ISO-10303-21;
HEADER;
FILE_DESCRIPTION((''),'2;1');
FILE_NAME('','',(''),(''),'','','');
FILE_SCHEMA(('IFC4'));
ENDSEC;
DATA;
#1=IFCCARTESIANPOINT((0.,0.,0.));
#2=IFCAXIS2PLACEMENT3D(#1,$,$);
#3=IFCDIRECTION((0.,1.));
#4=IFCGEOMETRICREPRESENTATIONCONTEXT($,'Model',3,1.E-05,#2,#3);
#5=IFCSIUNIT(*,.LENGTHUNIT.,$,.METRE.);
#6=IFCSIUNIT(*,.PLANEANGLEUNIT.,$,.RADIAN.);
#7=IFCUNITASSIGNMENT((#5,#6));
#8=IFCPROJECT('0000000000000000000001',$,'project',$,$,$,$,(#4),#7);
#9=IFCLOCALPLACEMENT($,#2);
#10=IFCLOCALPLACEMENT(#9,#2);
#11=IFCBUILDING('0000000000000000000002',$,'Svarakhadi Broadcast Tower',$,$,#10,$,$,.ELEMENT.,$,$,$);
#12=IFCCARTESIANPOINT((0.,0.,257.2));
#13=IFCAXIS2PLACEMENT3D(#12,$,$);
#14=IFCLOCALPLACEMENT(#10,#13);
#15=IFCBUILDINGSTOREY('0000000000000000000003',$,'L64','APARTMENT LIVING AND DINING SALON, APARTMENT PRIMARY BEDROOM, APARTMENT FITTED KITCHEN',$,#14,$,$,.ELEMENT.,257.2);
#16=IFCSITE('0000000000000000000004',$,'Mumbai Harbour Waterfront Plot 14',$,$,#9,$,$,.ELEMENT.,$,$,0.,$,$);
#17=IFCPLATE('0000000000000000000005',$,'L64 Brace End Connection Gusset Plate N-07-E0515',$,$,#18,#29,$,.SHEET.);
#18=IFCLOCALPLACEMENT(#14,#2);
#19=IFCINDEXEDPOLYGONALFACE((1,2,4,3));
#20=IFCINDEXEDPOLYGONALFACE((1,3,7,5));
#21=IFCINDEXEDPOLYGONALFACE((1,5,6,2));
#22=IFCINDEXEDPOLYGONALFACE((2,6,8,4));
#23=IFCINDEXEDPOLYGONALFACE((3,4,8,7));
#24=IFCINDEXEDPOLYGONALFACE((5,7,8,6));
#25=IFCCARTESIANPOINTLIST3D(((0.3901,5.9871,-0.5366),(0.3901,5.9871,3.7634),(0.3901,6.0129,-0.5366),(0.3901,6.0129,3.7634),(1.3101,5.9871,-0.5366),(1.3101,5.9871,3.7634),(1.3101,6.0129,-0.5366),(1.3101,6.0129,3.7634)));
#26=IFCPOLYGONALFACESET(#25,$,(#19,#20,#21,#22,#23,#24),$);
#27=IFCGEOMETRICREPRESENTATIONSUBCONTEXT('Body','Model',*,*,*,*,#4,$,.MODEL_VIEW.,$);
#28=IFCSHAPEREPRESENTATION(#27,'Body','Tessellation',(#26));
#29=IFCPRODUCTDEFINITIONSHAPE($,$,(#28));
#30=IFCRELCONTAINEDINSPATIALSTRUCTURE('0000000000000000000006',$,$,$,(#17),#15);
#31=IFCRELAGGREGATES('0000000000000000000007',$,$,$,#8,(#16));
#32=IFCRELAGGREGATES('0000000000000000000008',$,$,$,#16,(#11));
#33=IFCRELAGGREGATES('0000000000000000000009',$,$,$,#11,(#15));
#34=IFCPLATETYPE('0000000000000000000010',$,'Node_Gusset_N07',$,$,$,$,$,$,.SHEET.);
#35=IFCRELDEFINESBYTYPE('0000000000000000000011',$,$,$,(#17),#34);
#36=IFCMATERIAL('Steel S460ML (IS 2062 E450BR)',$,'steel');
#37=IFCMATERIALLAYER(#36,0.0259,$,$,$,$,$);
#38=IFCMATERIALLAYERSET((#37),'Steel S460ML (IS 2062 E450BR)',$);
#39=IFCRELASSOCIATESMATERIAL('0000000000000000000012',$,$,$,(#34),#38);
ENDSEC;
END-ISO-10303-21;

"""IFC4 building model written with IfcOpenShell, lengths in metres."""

from ifc_helpers import new_model, si_unit, direction, frame, origin, origin_2d, place, context, subcontext, project, spatial, rectangle, extrude, material, layer, layer_set, type_object, element, save


model = new_model("IFC4")

# Units and contexts
model_context = context("Model", 3, precision=1e-05, world=origin(), true_north=direction((0.0, 1.0)))
body_context = subcontext(model_context, "Body", "Model", "MODEL_VIEW")
ifc_project = project(units=[si_unit("LENGTHUNIT", "METRE"), si_unit("PLANEANGLEUNIT", "RADIAN")], contexts=[model_context])

# Site, building, storey
site_placement = place(None, origin())
site = spatial("IfcSite", under=ifc_project, at=site_placement, Name="Mumbai Harbour Waterfront Plot 14", CompositionType="ELEMENT", RefElevation=0.0)
building_placement = place(site_placement, origin())
building = spatial("IfcBuilding", under=site, at=building_placement, Name="Svarakhadi Broadcast Tower", CompositionType="ELEMENT")
storey_placement = place(building_placement, frame((0.0, 0.0, 257.2)))
storey = spatial("IfcBuildingStorey", under=building, at=storey_placement, Name="L64", Description="APARTMENT LIVING AND DINING SALON, APARTMENT PRIMARY BEDROOM, APARTMENT FITTED KITCHEN", CompositionType="ELEMENT", Elevation=257.2)

# Shared definitions
ifc_material_1 = material(Name="Steel S460ML (IS 2062 E450BR)", Category="steel")

# Plate
ifc_layer_1 = layer(ifc_material_1, 0.0259)
ifc_layer_set_1 = layer_set([ifc_layer_1], Name="Steel S460ML (IS 2062 E450BR)")
plate_type_1 = type_object("IfcPlateType", Name="Node_Gusset_N07", PredefinedType="SHEET", material=ifc_layer_set_1)
plate_1_placement = place(storey_placement, frame((0.8501, 6.0, -0.5366), z_axis=(0.0, 0.0, 1.0), x_axis=(1.0, 0.0, 0.0)))
element("IfcPlate", 1, at=plate_1_placement, inside=storey, type_object=plate_type_1, Name="L64 Brace End Connection Gusset Plate N-07-E0515", PredefinedType="SHEET", context=body_context, shape_type="SweptSolid", body=[
    extrude(rectangle(XDim=0.9199, YDim=0.0259, at=origin_2d()), origin(), (0.0, 0.0, 1.0), 4.3),
])

save(model, "model.ifc")
